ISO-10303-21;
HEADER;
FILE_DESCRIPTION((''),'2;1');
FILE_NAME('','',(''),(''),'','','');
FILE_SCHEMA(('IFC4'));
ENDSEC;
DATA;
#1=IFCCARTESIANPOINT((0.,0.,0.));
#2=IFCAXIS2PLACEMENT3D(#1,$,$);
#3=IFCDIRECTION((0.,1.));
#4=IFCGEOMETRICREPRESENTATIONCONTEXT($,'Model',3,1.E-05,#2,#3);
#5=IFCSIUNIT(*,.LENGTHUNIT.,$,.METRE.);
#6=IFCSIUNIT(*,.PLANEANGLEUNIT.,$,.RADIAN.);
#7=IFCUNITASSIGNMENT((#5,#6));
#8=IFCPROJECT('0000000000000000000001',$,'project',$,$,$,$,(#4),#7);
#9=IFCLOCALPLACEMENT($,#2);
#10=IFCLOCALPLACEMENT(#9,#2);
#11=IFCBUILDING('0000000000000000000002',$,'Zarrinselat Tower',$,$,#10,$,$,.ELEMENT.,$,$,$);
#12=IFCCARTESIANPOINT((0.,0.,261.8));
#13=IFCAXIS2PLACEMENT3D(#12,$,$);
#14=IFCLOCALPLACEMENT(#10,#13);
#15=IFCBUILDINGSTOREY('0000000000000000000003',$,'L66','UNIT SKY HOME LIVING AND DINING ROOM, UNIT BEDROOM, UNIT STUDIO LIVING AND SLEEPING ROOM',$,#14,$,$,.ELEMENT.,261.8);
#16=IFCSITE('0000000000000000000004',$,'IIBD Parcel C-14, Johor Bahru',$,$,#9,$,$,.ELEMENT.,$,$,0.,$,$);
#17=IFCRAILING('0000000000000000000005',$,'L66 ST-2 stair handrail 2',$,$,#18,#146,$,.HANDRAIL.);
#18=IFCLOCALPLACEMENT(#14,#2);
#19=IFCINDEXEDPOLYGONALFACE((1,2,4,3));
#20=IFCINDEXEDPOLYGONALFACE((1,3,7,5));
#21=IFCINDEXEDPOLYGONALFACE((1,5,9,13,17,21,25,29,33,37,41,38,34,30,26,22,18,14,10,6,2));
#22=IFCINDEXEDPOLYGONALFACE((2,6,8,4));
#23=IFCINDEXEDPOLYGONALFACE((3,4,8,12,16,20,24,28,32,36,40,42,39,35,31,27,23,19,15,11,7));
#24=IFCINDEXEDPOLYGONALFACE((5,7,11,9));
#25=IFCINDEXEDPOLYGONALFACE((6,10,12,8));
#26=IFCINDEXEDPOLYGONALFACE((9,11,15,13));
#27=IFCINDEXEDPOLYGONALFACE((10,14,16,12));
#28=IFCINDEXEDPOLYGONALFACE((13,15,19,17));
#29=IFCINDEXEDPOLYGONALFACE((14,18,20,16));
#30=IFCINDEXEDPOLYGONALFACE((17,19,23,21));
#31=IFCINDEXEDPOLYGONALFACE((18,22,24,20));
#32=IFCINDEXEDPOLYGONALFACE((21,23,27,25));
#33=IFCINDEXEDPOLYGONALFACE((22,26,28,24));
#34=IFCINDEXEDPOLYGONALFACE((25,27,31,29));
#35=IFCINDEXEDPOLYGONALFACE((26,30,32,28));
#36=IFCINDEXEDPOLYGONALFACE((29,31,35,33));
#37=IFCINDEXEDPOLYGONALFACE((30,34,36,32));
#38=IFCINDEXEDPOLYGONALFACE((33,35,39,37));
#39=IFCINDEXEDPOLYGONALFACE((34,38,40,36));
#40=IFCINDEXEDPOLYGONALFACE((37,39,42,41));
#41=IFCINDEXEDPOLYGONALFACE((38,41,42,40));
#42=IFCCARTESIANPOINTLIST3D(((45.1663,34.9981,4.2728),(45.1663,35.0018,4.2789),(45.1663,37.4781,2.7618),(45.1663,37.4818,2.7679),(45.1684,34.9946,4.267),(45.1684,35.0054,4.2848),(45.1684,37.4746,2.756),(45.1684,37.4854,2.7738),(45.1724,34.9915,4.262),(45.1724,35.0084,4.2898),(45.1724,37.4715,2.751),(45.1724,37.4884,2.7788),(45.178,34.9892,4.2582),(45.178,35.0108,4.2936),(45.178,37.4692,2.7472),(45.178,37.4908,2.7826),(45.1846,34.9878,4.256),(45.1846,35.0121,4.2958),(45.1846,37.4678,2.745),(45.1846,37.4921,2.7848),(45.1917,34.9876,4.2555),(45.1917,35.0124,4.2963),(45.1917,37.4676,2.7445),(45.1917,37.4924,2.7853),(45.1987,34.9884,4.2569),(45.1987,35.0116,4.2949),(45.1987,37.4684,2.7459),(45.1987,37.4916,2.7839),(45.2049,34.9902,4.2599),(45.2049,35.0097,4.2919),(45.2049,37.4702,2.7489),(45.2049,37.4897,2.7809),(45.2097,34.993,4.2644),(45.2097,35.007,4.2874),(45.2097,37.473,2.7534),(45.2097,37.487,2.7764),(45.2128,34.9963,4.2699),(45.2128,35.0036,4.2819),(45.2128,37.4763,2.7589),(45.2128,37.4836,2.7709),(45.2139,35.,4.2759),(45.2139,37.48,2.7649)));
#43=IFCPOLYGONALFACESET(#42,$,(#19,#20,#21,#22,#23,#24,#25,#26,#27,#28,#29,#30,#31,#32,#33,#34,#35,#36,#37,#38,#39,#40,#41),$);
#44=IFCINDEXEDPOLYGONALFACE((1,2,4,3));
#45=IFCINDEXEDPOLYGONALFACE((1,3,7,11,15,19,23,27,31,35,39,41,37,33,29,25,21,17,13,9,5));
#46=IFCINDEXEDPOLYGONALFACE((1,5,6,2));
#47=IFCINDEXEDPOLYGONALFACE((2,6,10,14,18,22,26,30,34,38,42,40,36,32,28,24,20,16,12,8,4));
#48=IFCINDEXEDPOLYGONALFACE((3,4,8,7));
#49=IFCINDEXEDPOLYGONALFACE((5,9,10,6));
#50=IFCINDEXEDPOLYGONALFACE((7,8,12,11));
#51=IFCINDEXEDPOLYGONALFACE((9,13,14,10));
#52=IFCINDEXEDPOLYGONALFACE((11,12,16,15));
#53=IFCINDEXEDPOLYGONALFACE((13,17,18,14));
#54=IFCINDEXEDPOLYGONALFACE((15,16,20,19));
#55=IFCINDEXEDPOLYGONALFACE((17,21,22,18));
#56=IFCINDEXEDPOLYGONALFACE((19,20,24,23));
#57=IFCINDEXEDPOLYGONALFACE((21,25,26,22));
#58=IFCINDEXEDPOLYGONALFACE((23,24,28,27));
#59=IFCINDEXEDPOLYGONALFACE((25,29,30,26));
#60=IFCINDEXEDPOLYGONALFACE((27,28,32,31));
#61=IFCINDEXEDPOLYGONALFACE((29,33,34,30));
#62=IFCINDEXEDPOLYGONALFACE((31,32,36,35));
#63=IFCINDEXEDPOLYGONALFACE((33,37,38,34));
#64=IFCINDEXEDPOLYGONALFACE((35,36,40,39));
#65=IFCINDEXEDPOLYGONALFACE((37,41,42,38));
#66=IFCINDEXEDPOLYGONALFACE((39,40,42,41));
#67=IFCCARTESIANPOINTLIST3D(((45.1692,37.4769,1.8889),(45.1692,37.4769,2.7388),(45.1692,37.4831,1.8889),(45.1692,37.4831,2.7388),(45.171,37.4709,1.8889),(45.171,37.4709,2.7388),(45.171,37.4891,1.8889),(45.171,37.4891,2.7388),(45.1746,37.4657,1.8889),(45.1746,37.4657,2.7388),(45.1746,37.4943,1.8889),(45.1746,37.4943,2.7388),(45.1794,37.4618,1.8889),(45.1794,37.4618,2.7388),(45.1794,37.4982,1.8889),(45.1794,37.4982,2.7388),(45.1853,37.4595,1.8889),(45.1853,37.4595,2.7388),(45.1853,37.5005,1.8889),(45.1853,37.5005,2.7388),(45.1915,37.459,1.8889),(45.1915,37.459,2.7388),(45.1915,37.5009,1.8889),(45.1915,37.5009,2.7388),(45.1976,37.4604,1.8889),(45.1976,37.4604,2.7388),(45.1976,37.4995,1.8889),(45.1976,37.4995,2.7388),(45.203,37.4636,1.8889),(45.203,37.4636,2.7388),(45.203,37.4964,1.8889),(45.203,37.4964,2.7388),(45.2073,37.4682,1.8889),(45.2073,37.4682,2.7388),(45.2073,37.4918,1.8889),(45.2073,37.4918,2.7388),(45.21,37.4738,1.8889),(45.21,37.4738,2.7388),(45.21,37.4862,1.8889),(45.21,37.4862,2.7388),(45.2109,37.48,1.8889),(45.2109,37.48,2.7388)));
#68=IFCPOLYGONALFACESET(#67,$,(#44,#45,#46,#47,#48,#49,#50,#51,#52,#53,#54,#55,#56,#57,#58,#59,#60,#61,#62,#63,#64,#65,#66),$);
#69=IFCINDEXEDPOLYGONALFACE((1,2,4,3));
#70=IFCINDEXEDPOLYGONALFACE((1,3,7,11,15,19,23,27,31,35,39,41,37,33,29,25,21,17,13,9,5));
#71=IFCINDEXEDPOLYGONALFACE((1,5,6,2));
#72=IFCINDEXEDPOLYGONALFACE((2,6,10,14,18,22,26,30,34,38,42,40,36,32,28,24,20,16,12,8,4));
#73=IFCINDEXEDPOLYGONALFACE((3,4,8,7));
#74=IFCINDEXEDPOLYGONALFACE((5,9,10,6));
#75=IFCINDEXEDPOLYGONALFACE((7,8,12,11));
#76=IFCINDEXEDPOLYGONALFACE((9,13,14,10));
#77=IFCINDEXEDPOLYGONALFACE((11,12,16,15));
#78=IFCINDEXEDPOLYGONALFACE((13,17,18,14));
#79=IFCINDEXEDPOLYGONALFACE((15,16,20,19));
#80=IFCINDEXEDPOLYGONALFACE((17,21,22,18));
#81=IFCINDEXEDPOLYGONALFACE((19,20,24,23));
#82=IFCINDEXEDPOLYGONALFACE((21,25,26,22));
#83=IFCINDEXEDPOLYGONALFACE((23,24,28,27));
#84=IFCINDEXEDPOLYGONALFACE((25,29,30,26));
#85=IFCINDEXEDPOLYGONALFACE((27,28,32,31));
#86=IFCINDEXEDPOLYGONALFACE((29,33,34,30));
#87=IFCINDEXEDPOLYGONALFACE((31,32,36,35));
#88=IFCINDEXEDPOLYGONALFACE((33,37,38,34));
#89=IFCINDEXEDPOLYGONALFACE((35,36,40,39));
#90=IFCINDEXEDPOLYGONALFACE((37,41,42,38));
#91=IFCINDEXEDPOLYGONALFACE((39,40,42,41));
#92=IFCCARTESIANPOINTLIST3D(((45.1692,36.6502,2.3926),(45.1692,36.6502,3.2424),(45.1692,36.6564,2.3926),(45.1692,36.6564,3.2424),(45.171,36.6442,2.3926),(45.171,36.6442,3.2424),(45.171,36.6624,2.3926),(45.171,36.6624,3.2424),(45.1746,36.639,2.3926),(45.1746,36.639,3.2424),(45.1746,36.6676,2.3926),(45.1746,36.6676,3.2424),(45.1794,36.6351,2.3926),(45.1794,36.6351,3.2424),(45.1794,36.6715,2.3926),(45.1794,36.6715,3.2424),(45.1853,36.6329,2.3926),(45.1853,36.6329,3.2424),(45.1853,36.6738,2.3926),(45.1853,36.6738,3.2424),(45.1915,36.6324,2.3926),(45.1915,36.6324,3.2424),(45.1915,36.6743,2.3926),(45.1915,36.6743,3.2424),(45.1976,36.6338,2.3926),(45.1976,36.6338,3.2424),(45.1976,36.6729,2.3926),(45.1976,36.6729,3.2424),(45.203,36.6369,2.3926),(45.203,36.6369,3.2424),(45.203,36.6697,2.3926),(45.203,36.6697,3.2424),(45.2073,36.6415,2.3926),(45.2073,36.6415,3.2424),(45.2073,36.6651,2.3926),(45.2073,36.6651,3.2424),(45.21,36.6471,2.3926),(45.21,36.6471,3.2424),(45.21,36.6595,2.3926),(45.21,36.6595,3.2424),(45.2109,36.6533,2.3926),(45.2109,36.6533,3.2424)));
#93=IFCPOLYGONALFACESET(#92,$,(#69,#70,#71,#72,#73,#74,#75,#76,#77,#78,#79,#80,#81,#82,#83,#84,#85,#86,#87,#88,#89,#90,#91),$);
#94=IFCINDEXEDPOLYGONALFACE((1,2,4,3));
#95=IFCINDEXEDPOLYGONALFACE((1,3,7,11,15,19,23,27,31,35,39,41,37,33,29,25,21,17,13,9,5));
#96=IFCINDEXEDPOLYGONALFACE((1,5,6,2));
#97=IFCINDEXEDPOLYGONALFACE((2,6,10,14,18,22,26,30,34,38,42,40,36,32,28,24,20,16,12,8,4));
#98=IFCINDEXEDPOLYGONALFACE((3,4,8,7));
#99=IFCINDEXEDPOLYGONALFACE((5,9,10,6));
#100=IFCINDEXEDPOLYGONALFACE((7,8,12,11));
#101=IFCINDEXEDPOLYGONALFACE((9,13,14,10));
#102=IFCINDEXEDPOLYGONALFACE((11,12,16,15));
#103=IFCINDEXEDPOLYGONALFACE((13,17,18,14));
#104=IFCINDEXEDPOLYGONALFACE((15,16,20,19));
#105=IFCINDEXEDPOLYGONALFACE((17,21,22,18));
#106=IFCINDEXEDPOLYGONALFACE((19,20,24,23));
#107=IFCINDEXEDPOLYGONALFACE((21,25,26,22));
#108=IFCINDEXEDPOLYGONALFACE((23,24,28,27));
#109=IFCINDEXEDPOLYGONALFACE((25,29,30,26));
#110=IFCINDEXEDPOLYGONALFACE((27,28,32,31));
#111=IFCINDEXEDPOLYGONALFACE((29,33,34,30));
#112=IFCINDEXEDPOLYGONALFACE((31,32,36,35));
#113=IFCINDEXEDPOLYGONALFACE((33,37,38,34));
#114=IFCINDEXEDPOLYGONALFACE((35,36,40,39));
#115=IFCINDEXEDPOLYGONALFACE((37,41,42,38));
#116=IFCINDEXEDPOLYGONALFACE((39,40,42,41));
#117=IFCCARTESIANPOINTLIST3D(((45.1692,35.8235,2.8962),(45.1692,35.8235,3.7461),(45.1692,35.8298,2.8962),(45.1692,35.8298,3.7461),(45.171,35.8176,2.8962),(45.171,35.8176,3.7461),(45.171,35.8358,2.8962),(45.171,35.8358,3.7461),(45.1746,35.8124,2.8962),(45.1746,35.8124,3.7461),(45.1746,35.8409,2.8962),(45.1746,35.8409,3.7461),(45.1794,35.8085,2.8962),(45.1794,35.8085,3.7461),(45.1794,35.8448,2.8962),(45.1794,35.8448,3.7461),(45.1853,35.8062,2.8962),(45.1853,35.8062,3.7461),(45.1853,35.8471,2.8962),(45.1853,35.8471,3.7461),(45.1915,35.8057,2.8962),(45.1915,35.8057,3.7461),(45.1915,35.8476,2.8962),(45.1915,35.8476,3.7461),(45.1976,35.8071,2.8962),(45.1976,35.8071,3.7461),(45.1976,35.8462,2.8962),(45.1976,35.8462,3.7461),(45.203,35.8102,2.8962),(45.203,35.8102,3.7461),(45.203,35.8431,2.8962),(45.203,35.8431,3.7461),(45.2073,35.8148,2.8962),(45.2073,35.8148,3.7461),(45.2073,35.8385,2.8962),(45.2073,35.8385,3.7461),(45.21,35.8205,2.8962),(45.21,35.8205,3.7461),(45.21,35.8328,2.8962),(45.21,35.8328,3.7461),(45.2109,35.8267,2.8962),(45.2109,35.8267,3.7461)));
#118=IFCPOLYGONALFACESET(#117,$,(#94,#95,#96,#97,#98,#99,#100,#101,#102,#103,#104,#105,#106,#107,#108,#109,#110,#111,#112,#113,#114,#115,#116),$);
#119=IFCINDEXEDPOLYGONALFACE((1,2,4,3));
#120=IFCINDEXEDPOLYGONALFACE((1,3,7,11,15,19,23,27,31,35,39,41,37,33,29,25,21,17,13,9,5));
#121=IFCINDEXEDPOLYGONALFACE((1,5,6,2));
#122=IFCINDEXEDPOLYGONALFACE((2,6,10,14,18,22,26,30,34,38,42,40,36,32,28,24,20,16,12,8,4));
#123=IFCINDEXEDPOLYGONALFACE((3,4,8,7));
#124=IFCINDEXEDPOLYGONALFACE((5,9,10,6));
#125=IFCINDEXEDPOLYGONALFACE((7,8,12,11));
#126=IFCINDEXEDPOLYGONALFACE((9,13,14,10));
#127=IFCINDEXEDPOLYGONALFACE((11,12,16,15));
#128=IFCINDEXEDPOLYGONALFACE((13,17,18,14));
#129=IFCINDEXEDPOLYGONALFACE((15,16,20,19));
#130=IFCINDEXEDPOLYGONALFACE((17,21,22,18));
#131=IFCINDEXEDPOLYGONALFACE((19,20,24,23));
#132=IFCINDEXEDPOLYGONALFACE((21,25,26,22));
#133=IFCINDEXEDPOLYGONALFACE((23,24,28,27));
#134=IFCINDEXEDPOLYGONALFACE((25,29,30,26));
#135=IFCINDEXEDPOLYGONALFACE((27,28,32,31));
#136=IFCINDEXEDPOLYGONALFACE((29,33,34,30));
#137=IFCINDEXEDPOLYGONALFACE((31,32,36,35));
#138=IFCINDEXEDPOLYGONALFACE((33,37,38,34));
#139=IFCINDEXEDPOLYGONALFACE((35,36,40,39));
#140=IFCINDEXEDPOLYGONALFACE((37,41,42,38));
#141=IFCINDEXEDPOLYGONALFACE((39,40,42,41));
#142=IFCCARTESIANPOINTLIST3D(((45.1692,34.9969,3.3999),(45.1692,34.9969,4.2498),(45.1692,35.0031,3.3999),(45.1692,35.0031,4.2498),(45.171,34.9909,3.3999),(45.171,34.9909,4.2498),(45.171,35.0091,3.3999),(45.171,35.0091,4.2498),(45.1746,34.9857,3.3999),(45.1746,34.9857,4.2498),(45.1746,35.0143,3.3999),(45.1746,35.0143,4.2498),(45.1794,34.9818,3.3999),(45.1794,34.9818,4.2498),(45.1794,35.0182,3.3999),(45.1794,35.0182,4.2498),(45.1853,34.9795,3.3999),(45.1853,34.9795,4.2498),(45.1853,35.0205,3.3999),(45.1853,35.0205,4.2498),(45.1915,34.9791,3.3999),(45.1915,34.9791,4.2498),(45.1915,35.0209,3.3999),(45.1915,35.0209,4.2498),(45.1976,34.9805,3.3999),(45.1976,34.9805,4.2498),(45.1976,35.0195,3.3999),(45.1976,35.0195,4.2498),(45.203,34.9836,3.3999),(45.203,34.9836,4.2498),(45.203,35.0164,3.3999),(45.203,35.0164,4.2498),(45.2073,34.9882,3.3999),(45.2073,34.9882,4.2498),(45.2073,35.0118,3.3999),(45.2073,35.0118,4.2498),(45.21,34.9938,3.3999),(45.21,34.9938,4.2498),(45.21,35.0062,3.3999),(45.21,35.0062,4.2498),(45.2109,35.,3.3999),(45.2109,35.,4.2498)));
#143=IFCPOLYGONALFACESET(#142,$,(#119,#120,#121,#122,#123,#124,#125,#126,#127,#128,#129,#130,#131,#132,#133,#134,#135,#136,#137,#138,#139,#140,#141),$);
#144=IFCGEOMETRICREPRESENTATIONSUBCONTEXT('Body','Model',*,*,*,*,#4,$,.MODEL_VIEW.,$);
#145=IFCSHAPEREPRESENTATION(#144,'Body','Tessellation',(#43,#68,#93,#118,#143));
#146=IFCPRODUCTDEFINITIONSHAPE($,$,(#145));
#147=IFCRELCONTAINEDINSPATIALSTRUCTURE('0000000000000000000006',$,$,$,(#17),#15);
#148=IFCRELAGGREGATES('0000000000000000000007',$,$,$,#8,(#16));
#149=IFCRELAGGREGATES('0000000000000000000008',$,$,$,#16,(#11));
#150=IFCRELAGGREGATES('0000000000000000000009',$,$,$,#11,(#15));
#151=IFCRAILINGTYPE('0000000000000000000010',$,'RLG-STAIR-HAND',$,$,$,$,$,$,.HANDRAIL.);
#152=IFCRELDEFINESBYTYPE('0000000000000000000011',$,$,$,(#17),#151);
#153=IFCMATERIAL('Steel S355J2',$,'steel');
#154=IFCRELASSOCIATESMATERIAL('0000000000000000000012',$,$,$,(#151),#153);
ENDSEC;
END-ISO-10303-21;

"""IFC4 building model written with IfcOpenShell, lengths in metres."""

from ifc_helpers import new_model, si_unit, direction, frame, origin, origin_2d, place, context, subcontext, project, spatial, circle, extrude, material, type_object, element, save


model = new_model("IFC4")

# Units and contexts
model_context = context("Model", 3, precision=1e-05, world=origin(), true_north=direction((0.0, 1.0)))
body_context = subcontext(model_context, "Body", "Model", "MODEL_VIEW")
ifc_project = project(units=[si_unit("LENGTHUNIT", "METRE"), si_unit("PLANEANGLEUNIT", "RADIAN")], contexts=[model_context])

# Site, building, storey
site_placement = place(None, origin())
site = spatial("IfcSite", under=ifc_project, at=site_placement, Name="IIBD Parcel C-14, Johor Bahru", CompositionType="ELEMENT", RefElevation=0.0)
building_placement = place(site_placement, origin())
building = spatial("IfcBuilding", under=site, at=building_placement, Name="Zarrinselat Tower", CompositionType="ELEMENT")
storey_placement = place(building_placement, frame((0.0, 0.0, 261.8)))
storey = spatial("IfcBuildingStorey", under=building, at=storey_placement, Name="L66", Description="UNIT SKY HOME LIVING AND DINING ROOM, UNIT BEDROOM, UNIT STUDIO LIVING AND SLEEPING ROOM", CompositionType="ELEMENT", Elevation=261.8)

# Railing
ifc_material_1 = material(Name="Steel S355J2", Category="steel")
railing_type_1 = type_object("IfcRailingType", Name="RLG-STAIR-HAND", PredefinedType="HANDRAIL", material=ifc_material_1)
railing_1_placement = place(storey_placement, frame((45.1899, 37.48, 1.8889)))
element("IfcRailing", 1, at=railing_1_placement, inside=storey, type_object=railing_type_1, Name="L66 ST-2 stair handrail 2", PredefinedType="HANDRAIL", context=body_context, shape_type="SweptSolid", body=[
    extrude(circle(Radius=0.0239, at=origin_2d()), frame((0.0, 0.0, 0.876), z_axis=(0.0, -0.853979, 0.520307), x_axis=(1.0, 0.0, 0.0)), (0.0, 0.0, 1.0), 2.9041),
    extrude(circle(Radius=0.021, at=origin_2d()), origin(), (0.0, 0.0, 1.0), 0.8499),
    extrude(circle(Radius=0.021, at=origin_2d()), frame((0.0, -0.8267, 0.5037)), (0.0, 0.0, 1.0), 0.8499),
    extrude(circle(Radius=0.021, at=origin_2d()), frame((0.0, -1.6533, 1.0073)), (0.0, 0.0, 1.0), 0.8499),
    extrude(circle(Radius=0.021, at=origin_2d()), frame((0.0, -2.48, 1.511)), (0.0, 0.0, 1.0), 0.8499),
])

save(model, "model.ifc")
